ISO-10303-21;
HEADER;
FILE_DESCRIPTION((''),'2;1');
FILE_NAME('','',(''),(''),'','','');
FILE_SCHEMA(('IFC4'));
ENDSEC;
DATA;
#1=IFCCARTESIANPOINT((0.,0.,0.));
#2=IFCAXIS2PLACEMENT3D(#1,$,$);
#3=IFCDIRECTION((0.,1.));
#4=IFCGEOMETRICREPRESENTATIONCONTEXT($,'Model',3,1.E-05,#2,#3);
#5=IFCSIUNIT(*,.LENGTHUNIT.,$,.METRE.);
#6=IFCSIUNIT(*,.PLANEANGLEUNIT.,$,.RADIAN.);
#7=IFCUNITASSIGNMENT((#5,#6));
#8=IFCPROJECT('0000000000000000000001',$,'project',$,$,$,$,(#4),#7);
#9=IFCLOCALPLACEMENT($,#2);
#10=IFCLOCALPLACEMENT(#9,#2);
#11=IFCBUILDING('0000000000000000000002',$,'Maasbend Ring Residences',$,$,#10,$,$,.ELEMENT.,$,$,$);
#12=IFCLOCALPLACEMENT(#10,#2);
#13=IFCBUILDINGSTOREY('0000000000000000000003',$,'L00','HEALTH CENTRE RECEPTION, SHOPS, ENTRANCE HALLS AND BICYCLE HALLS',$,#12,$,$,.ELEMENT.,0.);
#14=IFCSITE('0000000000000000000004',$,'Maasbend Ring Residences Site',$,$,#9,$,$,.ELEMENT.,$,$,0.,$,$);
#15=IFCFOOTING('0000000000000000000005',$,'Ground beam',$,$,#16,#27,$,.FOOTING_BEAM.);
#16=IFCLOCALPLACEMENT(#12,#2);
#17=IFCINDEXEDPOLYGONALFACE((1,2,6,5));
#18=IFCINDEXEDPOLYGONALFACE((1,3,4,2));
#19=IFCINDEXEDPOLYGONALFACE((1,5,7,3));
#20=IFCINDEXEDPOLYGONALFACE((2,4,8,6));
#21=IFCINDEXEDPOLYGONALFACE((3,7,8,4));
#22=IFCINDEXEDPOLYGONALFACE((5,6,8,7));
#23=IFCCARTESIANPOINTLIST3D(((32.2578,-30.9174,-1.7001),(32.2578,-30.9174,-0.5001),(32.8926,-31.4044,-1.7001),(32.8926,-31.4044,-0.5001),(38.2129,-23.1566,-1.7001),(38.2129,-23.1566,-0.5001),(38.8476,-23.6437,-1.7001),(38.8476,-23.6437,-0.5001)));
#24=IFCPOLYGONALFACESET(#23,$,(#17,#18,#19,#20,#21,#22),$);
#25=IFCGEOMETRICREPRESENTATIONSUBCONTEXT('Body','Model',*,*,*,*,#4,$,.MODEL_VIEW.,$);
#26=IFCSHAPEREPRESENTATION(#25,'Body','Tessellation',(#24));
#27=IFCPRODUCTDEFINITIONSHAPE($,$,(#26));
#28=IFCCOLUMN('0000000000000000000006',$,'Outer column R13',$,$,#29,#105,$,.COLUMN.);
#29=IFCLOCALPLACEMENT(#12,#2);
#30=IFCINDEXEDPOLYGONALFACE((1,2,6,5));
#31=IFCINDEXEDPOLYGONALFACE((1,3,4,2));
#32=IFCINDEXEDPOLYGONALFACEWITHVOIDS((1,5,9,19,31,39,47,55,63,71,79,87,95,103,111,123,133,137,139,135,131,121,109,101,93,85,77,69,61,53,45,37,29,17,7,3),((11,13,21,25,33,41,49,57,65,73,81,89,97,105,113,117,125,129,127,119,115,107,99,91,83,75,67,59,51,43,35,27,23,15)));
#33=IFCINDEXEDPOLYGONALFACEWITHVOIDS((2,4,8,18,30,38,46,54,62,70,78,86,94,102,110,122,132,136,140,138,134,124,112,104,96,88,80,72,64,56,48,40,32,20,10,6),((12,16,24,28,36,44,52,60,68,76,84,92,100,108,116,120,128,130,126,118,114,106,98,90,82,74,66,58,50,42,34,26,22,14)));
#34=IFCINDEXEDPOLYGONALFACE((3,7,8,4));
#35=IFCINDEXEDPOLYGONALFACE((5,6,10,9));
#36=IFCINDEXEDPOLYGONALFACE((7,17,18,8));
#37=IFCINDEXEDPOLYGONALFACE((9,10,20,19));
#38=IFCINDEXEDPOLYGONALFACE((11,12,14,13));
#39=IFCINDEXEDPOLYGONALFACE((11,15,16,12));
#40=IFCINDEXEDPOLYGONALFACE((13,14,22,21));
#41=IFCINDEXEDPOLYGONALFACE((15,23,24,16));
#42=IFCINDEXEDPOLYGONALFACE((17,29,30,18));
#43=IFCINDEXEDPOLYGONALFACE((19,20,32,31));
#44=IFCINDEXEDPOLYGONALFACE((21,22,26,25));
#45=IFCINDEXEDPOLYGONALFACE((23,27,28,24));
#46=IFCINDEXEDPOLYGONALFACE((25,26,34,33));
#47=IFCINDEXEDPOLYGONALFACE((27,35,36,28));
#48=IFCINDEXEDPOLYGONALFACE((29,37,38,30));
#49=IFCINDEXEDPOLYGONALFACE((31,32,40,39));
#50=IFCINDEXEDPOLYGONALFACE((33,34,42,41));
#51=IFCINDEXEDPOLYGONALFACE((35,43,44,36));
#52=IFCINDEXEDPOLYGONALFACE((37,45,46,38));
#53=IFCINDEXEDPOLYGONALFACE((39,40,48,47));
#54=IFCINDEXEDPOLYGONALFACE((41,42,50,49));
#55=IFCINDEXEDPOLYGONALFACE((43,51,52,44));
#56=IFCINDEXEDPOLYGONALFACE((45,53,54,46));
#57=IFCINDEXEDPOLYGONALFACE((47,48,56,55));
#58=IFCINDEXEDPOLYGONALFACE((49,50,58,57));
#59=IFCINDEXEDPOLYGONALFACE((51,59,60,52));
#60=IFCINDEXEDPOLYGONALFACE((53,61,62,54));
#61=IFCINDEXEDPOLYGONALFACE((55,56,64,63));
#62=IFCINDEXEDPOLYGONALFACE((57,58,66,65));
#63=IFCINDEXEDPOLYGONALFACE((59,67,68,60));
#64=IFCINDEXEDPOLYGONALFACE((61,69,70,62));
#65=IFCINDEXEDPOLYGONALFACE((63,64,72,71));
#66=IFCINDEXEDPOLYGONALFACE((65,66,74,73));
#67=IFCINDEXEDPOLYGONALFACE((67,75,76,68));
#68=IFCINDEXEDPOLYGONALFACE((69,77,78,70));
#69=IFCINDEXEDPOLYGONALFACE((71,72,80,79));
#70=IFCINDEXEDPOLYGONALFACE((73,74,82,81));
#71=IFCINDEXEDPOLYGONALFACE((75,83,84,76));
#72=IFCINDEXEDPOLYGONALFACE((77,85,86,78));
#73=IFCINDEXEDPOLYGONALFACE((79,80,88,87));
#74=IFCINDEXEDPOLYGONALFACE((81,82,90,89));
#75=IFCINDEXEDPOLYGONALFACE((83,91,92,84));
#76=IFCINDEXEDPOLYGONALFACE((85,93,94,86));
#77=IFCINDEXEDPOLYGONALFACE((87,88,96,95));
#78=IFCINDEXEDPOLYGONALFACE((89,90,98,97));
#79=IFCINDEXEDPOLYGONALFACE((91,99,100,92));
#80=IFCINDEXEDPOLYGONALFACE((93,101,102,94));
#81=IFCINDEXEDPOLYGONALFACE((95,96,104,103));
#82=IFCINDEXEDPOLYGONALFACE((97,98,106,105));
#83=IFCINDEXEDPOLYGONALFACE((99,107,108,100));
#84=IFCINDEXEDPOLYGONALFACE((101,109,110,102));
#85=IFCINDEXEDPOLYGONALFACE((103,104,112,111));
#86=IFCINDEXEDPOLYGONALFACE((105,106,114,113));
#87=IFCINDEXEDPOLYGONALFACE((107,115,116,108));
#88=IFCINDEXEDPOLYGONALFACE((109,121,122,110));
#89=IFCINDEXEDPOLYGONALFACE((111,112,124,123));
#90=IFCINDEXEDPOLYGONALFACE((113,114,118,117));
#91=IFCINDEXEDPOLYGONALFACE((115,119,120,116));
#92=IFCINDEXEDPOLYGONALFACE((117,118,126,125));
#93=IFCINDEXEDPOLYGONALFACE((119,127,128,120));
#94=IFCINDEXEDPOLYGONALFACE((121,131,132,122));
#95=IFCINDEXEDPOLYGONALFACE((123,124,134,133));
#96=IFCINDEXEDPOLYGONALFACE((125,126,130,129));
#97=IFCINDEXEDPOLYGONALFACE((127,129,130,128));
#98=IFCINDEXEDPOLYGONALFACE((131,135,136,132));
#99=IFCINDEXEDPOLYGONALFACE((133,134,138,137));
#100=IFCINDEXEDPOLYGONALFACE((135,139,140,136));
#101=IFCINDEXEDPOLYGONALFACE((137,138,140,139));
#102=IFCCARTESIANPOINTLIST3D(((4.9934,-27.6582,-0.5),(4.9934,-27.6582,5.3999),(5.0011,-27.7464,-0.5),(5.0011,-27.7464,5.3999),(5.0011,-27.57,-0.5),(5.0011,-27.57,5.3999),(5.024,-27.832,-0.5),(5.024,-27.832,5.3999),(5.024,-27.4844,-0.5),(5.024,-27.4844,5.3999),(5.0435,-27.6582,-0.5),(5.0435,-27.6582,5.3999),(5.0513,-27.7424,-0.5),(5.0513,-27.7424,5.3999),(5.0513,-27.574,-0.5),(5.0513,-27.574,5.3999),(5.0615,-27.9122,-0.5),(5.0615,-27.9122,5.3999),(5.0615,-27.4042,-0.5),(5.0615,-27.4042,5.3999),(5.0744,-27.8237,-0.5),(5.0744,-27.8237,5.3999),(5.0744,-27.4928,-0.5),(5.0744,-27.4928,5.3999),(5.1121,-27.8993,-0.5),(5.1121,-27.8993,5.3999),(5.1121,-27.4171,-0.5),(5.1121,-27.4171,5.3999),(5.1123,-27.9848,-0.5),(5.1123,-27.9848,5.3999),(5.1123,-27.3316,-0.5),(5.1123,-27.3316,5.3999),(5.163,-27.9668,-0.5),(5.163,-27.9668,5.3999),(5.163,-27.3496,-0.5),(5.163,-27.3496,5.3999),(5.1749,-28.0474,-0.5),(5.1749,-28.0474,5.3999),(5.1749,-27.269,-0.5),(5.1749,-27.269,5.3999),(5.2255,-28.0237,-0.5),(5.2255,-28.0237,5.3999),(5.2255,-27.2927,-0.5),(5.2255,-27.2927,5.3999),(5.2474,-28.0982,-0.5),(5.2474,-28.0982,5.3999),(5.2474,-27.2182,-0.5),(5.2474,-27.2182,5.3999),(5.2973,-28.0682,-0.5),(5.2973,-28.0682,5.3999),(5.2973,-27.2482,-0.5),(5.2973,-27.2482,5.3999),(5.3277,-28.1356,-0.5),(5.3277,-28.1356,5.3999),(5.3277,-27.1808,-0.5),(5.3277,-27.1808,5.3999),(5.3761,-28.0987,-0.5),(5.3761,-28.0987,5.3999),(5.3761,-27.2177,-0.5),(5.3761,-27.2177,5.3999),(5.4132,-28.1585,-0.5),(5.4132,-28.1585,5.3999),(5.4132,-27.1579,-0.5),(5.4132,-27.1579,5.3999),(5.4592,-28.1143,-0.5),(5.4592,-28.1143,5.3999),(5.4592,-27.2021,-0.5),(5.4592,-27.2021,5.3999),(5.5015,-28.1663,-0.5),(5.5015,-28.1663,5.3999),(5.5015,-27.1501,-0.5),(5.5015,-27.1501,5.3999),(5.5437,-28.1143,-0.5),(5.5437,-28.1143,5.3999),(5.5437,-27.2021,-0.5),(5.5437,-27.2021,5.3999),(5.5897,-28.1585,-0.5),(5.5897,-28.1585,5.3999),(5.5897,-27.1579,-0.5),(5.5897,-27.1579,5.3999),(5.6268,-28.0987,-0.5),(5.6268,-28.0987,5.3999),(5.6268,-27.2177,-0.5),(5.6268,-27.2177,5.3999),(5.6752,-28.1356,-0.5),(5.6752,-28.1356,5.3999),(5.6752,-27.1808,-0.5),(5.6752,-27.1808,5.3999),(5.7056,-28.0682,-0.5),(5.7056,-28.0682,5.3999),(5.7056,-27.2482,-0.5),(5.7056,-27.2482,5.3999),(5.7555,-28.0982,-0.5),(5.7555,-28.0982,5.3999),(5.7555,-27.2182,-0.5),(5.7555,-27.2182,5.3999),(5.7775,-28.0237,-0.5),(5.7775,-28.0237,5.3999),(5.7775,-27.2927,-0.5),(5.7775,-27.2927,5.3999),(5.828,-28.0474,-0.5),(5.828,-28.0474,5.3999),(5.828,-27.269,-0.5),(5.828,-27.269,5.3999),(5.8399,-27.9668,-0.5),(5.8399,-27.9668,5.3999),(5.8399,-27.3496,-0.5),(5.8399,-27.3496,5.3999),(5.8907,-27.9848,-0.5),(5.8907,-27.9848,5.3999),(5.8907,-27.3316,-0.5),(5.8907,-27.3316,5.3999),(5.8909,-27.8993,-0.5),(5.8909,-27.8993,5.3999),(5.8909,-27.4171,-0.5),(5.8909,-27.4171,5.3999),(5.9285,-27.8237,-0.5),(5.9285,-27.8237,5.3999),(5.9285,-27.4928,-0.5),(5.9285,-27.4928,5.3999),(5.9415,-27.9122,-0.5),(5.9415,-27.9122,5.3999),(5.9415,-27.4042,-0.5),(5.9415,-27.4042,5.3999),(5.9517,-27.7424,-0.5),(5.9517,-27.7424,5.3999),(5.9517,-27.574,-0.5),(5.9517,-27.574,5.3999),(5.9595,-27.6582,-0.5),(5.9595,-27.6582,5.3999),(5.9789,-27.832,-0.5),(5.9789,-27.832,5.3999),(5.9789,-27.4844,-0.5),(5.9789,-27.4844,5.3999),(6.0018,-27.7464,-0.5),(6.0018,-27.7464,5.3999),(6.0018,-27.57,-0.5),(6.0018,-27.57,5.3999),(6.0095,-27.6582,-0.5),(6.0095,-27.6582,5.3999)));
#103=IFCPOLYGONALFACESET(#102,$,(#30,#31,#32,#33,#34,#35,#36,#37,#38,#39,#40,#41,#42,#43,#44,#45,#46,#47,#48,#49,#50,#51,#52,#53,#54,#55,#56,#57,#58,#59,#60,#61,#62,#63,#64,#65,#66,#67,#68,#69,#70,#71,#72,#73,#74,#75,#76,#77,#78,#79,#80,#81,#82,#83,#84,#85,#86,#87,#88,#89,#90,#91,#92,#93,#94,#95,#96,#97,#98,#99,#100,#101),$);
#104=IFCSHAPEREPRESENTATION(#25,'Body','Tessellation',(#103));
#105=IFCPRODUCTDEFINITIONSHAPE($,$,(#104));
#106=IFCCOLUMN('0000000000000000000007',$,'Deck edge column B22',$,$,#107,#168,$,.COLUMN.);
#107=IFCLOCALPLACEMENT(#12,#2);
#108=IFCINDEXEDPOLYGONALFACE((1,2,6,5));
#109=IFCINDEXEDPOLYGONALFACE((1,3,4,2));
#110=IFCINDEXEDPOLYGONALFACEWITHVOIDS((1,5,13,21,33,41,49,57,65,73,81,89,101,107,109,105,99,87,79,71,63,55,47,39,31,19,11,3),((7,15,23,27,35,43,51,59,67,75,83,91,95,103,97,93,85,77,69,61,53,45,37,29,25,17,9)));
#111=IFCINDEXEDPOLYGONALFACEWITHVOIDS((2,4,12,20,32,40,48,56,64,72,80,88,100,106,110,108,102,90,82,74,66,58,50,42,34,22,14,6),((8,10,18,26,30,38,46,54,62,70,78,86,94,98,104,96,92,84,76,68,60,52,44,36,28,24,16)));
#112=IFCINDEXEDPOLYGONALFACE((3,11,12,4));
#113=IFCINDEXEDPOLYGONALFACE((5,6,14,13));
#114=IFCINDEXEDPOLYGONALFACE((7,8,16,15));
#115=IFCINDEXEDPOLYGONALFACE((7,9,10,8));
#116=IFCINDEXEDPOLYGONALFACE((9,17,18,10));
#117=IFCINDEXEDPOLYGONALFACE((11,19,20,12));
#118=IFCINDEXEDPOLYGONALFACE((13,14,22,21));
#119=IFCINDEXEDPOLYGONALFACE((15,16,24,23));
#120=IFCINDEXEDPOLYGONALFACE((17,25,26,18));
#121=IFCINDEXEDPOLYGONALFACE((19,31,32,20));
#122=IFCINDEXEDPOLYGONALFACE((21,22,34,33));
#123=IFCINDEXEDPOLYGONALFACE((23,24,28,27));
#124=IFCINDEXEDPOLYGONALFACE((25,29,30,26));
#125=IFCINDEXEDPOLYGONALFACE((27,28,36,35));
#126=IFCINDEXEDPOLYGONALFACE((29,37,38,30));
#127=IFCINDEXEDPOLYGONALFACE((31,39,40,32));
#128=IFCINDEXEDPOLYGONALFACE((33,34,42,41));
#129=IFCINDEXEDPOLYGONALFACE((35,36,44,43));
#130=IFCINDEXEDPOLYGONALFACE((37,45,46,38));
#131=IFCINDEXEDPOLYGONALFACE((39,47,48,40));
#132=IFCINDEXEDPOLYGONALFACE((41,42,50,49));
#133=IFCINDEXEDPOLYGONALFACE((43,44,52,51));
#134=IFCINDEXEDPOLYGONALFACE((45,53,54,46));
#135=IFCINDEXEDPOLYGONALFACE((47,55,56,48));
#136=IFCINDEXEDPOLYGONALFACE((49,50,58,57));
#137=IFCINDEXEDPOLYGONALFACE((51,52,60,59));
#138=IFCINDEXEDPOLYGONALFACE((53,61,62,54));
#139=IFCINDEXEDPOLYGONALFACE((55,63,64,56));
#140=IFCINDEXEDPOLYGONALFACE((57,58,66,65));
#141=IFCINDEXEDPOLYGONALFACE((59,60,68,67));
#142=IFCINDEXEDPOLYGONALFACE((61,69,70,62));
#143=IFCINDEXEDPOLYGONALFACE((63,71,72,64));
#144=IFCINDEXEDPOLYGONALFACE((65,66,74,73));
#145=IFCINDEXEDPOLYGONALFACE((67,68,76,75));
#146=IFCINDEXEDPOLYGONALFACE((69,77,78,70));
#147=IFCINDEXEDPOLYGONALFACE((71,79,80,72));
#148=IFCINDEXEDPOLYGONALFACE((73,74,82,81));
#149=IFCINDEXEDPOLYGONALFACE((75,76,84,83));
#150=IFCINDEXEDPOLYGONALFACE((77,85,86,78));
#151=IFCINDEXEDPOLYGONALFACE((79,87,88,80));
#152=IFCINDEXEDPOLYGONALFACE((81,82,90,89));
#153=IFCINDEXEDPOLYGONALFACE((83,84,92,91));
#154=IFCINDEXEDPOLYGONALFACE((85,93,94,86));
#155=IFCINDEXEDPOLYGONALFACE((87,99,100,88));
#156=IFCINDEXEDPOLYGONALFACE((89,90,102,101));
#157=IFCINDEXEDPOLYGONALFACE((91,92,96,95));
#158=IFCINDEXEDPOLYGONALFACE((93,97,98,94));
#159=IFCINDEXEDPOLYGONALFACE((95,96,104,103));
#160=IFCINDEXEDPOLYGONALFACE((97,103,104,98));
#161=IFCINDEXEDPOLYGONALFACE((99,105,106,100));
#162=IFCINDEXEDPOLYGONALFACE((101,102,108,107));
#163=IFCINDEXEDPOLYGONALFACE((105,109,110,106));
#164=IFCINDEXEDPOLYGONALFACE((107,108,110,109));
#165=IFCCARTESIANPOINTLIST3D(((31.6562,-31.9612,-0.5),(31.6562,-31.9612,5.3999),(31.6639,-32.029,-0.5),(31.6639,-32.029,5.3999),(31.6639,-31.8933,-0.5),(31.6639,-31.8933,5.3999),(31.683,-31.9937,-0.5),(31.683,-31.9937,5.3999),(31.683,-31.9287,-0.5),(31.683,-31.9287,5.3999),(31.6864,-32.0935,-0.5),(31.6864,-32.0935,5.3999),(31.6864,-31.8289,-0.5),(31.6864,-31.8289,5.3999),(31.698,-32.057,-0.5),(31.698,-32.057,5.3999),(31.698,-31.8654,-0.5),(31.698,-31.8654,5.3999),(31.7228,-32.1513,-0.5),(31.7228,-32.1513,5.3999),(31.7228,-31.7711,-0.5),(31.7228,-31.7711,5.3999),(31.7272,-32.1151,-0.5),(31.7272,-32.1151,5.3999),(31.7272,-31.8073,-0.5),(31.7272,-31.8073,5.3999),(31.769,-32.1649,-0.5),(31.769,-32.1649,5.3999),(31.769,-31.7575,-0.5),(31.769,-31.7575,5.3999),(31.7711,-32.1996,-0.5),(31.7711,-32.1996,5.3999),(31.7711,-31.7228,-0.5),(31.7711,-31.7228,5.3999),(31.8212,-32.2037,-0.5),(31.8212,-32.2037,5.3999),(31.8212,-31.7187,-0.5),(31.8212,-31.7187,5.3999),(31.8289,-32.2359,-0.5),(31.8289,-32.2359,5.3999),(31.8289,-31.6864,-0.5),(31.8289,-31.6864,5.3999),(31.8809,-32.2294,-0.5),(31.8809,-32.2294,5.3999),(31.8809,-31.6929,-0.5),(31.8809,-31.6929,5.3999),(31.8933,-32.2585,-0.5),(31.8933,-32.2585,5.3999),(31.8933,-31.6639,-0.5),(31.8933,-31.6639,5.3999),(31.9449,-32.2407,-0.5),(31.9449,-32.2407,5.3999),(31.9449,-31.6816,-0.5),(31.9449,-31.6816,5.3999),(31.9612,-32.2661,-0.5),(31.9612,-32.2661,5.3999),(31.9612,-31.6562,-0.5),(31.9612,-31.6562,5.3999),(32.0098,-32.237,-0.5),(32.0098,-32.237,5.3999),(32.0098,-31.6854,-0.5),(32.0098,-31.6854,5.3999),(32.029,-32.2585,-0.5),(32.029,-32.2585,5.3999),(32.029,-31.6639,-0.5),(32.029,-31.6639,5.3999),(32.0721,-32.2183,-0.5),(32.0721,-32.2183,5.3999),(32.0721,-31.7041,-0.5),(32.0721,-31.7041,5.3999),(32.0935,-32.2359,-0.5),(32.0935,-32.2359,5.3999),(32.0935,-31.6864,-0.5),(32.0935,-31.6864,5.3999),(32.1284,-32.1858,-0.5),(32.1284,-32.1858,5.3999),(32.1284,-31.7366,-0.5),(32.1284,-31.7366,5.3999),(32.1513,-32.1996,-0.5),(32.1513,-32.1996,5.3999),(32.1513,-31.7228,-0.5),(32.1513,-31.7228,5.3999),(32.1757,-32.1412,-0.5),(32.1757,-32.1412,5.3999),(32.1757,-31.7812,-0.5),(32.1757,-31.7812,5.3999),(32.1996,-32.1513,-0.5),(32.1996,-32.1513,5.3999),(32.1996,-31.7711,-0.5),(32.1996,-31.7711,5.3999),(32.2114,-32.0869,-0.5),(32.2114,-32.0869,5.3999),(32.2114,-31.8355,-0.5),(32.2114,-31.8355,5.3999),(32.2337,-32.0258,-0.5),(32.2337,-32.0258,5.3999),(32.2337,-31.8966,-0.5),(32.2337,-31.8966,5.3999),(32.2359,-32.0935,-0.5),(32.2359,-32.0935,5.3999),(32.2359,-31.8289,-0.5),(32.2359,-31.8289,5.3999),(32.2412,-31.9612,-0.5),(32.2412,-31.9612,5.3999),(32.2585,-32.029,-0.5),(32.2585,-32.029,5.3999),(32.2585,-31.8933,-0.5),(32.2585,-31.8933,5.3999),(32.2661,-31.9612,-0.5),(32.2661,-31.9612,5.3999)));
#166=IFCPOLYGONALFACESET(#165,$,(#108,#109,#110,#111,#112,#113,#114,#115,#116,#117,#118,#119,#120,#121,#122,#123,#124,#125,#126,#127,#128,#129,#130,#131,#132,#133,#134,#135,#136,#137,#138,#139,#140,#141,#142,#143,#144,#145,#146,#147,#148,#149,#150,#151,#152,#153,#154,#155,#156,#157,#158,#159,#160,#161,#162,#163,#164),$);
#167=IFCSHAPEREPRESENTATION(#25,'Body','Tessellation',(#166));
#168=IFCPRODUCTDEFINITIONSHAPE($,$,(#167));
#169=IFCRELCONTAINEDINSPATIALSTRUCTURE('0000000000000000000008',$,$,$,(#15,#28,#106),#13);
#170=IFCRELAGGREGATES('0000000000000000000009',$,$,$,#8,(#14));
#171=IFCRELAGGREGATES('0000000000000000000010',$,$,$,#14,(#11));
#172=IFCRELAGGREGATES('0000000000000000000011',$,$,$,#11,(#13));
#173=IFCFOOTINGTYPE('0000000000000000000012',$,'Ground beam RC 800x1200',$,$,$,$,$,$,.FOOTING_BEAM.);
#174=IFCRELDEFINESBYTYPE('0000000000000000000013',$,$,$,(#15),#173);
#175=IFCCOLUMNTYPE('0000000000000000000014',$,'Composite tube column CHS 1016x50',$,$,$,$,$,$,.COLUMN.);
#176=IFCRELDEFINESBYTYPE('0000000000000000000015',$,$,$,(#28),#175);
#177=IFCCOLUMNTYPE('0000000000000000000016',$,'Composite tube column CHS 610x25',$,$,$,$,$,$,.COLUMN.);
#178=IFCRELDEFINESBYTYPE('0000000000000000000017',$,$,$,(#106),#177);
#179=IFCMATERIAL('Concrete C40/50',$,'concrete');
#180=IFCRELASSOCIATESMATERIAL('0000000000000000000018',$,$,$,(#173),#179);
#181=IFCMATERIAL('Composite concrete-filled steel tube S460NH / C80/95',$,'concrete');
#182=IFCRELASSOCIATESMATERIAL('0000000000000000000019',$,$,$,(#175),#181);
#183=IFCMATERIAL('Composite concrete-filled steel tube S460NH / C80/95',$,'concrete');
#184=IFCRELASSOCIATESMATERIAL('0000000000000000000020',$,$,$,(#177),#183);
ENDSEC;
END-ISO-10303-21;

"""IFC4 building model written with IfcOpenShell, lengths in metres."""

from ifc_helpers import new_model, si_unit, direction, frame, origin, origin_2d, place, context, subcontext, project, spatial, rectangle, hollow_circle, extrude, material, material_profile, profile_set, type_object, element, save


model = new_model("IFC4")

# Units and contexts
model_context = context("Model", 3, precision=1e-05, world=origin(), true_north=direction((0.0, 1.0)))
body_context = subcontext(model_context, "Body", "Model", "MODEL_VIEW")
ifc_project = project(units=[si_unit("LENGTHUNIT", "METRE"), si_unit("PLANEANGLEUNIT", "RADIAN")], contexts=[model_context])

# Site, building, storey
site_placement = place(None, origin())
site = spatial("IfcSite", under=ifc_project, at=site_placement, Name="Maasbend Ring Residences Site", CompositionType="ELEMENT", RefElevation=0.0)
building_placement = place(site_placement, origin())
building = spatial("IfcBuilding", under=site, at=building_placement, Name="Maasbend Ring Residences", CompositionType="ELEMENT")
storey_placement = place(building_placement, origin())
storey = spatial("IfcBuildingStorey", under=building, at=storey_placement, Name="L00", Description="HEALTH CENTRE RECEPTION, SHOPS, ENTRANCE HALLS AND BICYCLE HALLS", CompositionType="ELEMENT", Elevation=0.0)

# Footing
ifc_material_1 = material(Name="Concrete C40/50", Category="concrete")
ifc_material_profile_1 = material_profile(ifc_material_1, rectangle(XDim=0.8, YDim=1.2, at=origin_2d()), Name="Ground beam RC 800x1200")
ifc_profile_set_1 = profile_set([ifc_material_profile_1], Name="Concrete C40/50")
footing_type = type_object("IfcFootingType", Name="Ground beam RC 800x1200", PredefinedType="FOOTING_BEAM", material=ifc_profile_set_1)
footing_1_placement = place(storey_placement, frame((32.5752, -31.1609, -1.1001), z_axis=(0.608765, 0.793351, 0.0), x_axis=(-0.793351, 0.608765, 0.0)))
element("IfcFooting", 1, at=footing_1_placement, inside=storey, type_object=footing_type, Name="Ground beam", PredefinedType="FOOTING_BEAM", context=body_context, shape_type="SweptSolid", body=[
    extrude(rectangle(XDim=0.8, YDim=1.2, at=origin_2d()), origin(), (0.0, 0.0, 1.0), 9.7822),
])

# Columns
ifc_material_2 = material(Name="Composite concrete-filled steel tube S460NH / C80/95", Category="concrete")
ifc_material_profile_2 = material_profile(ifc_material_2, hollow_circle(Radius=0.5081, WallThickness=0.05, at=origin_2d()), Name="Composite tube column CHS 1016x50")
ifc_profile_set_2 = profile_set([ifc_material_profile_2], Name="Composite concrete-filled steel tube S460NH / C80/95")
column_type_1 = type_object("IfcColumnType", Name="Composite tube column CHS 1016x50", PredefinedType="COLUMN", material=ifc_profile_set_2)
column_1_placement = place(storey_placement, frame((5.5015, -27.6582, -0.5), z_axis=(0.0, 0.0, 1.0), x_axis=(1.0, 0.0, 0.0)))
element("IfcColumn", 2, at=column_1_placement, inside=storey, type_object=column_type_1, Name="Outer column R13", PredefinedType="COLUMN", context=body_context, shape_type="SweptSolid", body=[
    extrude(hollow_circle(Radius=0.5081, WallThickness=0.05, at=origin_2d()), origin(), (0.0, 0.0, 1.0), 5.8999),
])
ifc_material_3 = material(Name="Composite concrete-filled steel tube S460NH / C80/95", Category="concrete")
ifc_material_profile_3 = material_profile(ifc_material_3, hollow_circle(Radius=0.3049, WallThickness=0.0249, at=origin_2d()), Name="Composite tube column CHS 610x25")
ifc_profile_set_3 = profile_set([ifc_material_profile_3], Name="Composite concrete-filled steel tube S460NH / C80/95")
column_type_2 = type_object("IfcColumnType", Name="Composite tube column CHS 610x25", PredefinedType="COLUMN", material=ifc_profile_set_3)
column_2_placement = place(storey_placement, frame((31.9612, -31.9612, -0.5), z_axis=(0.0, 0.0, 1.0), x_axis=(1.0, 0.0, 0.0)))
element("IfcColumn", 3, at=column_2_placement, inside=storey, type_object=column_type_2, Name="Deck edge column B22", PredefinedType="COLUMN", context=body_context, shape_type="SweptSolid", body=[
    extrude(hollow_circle(Radius=0.3049, WallThickness=0.0249, at=origin_2d()), origin(), (0.0, 0.0, 1.0), 5.8999),
])

save(model, "model.ifc")
